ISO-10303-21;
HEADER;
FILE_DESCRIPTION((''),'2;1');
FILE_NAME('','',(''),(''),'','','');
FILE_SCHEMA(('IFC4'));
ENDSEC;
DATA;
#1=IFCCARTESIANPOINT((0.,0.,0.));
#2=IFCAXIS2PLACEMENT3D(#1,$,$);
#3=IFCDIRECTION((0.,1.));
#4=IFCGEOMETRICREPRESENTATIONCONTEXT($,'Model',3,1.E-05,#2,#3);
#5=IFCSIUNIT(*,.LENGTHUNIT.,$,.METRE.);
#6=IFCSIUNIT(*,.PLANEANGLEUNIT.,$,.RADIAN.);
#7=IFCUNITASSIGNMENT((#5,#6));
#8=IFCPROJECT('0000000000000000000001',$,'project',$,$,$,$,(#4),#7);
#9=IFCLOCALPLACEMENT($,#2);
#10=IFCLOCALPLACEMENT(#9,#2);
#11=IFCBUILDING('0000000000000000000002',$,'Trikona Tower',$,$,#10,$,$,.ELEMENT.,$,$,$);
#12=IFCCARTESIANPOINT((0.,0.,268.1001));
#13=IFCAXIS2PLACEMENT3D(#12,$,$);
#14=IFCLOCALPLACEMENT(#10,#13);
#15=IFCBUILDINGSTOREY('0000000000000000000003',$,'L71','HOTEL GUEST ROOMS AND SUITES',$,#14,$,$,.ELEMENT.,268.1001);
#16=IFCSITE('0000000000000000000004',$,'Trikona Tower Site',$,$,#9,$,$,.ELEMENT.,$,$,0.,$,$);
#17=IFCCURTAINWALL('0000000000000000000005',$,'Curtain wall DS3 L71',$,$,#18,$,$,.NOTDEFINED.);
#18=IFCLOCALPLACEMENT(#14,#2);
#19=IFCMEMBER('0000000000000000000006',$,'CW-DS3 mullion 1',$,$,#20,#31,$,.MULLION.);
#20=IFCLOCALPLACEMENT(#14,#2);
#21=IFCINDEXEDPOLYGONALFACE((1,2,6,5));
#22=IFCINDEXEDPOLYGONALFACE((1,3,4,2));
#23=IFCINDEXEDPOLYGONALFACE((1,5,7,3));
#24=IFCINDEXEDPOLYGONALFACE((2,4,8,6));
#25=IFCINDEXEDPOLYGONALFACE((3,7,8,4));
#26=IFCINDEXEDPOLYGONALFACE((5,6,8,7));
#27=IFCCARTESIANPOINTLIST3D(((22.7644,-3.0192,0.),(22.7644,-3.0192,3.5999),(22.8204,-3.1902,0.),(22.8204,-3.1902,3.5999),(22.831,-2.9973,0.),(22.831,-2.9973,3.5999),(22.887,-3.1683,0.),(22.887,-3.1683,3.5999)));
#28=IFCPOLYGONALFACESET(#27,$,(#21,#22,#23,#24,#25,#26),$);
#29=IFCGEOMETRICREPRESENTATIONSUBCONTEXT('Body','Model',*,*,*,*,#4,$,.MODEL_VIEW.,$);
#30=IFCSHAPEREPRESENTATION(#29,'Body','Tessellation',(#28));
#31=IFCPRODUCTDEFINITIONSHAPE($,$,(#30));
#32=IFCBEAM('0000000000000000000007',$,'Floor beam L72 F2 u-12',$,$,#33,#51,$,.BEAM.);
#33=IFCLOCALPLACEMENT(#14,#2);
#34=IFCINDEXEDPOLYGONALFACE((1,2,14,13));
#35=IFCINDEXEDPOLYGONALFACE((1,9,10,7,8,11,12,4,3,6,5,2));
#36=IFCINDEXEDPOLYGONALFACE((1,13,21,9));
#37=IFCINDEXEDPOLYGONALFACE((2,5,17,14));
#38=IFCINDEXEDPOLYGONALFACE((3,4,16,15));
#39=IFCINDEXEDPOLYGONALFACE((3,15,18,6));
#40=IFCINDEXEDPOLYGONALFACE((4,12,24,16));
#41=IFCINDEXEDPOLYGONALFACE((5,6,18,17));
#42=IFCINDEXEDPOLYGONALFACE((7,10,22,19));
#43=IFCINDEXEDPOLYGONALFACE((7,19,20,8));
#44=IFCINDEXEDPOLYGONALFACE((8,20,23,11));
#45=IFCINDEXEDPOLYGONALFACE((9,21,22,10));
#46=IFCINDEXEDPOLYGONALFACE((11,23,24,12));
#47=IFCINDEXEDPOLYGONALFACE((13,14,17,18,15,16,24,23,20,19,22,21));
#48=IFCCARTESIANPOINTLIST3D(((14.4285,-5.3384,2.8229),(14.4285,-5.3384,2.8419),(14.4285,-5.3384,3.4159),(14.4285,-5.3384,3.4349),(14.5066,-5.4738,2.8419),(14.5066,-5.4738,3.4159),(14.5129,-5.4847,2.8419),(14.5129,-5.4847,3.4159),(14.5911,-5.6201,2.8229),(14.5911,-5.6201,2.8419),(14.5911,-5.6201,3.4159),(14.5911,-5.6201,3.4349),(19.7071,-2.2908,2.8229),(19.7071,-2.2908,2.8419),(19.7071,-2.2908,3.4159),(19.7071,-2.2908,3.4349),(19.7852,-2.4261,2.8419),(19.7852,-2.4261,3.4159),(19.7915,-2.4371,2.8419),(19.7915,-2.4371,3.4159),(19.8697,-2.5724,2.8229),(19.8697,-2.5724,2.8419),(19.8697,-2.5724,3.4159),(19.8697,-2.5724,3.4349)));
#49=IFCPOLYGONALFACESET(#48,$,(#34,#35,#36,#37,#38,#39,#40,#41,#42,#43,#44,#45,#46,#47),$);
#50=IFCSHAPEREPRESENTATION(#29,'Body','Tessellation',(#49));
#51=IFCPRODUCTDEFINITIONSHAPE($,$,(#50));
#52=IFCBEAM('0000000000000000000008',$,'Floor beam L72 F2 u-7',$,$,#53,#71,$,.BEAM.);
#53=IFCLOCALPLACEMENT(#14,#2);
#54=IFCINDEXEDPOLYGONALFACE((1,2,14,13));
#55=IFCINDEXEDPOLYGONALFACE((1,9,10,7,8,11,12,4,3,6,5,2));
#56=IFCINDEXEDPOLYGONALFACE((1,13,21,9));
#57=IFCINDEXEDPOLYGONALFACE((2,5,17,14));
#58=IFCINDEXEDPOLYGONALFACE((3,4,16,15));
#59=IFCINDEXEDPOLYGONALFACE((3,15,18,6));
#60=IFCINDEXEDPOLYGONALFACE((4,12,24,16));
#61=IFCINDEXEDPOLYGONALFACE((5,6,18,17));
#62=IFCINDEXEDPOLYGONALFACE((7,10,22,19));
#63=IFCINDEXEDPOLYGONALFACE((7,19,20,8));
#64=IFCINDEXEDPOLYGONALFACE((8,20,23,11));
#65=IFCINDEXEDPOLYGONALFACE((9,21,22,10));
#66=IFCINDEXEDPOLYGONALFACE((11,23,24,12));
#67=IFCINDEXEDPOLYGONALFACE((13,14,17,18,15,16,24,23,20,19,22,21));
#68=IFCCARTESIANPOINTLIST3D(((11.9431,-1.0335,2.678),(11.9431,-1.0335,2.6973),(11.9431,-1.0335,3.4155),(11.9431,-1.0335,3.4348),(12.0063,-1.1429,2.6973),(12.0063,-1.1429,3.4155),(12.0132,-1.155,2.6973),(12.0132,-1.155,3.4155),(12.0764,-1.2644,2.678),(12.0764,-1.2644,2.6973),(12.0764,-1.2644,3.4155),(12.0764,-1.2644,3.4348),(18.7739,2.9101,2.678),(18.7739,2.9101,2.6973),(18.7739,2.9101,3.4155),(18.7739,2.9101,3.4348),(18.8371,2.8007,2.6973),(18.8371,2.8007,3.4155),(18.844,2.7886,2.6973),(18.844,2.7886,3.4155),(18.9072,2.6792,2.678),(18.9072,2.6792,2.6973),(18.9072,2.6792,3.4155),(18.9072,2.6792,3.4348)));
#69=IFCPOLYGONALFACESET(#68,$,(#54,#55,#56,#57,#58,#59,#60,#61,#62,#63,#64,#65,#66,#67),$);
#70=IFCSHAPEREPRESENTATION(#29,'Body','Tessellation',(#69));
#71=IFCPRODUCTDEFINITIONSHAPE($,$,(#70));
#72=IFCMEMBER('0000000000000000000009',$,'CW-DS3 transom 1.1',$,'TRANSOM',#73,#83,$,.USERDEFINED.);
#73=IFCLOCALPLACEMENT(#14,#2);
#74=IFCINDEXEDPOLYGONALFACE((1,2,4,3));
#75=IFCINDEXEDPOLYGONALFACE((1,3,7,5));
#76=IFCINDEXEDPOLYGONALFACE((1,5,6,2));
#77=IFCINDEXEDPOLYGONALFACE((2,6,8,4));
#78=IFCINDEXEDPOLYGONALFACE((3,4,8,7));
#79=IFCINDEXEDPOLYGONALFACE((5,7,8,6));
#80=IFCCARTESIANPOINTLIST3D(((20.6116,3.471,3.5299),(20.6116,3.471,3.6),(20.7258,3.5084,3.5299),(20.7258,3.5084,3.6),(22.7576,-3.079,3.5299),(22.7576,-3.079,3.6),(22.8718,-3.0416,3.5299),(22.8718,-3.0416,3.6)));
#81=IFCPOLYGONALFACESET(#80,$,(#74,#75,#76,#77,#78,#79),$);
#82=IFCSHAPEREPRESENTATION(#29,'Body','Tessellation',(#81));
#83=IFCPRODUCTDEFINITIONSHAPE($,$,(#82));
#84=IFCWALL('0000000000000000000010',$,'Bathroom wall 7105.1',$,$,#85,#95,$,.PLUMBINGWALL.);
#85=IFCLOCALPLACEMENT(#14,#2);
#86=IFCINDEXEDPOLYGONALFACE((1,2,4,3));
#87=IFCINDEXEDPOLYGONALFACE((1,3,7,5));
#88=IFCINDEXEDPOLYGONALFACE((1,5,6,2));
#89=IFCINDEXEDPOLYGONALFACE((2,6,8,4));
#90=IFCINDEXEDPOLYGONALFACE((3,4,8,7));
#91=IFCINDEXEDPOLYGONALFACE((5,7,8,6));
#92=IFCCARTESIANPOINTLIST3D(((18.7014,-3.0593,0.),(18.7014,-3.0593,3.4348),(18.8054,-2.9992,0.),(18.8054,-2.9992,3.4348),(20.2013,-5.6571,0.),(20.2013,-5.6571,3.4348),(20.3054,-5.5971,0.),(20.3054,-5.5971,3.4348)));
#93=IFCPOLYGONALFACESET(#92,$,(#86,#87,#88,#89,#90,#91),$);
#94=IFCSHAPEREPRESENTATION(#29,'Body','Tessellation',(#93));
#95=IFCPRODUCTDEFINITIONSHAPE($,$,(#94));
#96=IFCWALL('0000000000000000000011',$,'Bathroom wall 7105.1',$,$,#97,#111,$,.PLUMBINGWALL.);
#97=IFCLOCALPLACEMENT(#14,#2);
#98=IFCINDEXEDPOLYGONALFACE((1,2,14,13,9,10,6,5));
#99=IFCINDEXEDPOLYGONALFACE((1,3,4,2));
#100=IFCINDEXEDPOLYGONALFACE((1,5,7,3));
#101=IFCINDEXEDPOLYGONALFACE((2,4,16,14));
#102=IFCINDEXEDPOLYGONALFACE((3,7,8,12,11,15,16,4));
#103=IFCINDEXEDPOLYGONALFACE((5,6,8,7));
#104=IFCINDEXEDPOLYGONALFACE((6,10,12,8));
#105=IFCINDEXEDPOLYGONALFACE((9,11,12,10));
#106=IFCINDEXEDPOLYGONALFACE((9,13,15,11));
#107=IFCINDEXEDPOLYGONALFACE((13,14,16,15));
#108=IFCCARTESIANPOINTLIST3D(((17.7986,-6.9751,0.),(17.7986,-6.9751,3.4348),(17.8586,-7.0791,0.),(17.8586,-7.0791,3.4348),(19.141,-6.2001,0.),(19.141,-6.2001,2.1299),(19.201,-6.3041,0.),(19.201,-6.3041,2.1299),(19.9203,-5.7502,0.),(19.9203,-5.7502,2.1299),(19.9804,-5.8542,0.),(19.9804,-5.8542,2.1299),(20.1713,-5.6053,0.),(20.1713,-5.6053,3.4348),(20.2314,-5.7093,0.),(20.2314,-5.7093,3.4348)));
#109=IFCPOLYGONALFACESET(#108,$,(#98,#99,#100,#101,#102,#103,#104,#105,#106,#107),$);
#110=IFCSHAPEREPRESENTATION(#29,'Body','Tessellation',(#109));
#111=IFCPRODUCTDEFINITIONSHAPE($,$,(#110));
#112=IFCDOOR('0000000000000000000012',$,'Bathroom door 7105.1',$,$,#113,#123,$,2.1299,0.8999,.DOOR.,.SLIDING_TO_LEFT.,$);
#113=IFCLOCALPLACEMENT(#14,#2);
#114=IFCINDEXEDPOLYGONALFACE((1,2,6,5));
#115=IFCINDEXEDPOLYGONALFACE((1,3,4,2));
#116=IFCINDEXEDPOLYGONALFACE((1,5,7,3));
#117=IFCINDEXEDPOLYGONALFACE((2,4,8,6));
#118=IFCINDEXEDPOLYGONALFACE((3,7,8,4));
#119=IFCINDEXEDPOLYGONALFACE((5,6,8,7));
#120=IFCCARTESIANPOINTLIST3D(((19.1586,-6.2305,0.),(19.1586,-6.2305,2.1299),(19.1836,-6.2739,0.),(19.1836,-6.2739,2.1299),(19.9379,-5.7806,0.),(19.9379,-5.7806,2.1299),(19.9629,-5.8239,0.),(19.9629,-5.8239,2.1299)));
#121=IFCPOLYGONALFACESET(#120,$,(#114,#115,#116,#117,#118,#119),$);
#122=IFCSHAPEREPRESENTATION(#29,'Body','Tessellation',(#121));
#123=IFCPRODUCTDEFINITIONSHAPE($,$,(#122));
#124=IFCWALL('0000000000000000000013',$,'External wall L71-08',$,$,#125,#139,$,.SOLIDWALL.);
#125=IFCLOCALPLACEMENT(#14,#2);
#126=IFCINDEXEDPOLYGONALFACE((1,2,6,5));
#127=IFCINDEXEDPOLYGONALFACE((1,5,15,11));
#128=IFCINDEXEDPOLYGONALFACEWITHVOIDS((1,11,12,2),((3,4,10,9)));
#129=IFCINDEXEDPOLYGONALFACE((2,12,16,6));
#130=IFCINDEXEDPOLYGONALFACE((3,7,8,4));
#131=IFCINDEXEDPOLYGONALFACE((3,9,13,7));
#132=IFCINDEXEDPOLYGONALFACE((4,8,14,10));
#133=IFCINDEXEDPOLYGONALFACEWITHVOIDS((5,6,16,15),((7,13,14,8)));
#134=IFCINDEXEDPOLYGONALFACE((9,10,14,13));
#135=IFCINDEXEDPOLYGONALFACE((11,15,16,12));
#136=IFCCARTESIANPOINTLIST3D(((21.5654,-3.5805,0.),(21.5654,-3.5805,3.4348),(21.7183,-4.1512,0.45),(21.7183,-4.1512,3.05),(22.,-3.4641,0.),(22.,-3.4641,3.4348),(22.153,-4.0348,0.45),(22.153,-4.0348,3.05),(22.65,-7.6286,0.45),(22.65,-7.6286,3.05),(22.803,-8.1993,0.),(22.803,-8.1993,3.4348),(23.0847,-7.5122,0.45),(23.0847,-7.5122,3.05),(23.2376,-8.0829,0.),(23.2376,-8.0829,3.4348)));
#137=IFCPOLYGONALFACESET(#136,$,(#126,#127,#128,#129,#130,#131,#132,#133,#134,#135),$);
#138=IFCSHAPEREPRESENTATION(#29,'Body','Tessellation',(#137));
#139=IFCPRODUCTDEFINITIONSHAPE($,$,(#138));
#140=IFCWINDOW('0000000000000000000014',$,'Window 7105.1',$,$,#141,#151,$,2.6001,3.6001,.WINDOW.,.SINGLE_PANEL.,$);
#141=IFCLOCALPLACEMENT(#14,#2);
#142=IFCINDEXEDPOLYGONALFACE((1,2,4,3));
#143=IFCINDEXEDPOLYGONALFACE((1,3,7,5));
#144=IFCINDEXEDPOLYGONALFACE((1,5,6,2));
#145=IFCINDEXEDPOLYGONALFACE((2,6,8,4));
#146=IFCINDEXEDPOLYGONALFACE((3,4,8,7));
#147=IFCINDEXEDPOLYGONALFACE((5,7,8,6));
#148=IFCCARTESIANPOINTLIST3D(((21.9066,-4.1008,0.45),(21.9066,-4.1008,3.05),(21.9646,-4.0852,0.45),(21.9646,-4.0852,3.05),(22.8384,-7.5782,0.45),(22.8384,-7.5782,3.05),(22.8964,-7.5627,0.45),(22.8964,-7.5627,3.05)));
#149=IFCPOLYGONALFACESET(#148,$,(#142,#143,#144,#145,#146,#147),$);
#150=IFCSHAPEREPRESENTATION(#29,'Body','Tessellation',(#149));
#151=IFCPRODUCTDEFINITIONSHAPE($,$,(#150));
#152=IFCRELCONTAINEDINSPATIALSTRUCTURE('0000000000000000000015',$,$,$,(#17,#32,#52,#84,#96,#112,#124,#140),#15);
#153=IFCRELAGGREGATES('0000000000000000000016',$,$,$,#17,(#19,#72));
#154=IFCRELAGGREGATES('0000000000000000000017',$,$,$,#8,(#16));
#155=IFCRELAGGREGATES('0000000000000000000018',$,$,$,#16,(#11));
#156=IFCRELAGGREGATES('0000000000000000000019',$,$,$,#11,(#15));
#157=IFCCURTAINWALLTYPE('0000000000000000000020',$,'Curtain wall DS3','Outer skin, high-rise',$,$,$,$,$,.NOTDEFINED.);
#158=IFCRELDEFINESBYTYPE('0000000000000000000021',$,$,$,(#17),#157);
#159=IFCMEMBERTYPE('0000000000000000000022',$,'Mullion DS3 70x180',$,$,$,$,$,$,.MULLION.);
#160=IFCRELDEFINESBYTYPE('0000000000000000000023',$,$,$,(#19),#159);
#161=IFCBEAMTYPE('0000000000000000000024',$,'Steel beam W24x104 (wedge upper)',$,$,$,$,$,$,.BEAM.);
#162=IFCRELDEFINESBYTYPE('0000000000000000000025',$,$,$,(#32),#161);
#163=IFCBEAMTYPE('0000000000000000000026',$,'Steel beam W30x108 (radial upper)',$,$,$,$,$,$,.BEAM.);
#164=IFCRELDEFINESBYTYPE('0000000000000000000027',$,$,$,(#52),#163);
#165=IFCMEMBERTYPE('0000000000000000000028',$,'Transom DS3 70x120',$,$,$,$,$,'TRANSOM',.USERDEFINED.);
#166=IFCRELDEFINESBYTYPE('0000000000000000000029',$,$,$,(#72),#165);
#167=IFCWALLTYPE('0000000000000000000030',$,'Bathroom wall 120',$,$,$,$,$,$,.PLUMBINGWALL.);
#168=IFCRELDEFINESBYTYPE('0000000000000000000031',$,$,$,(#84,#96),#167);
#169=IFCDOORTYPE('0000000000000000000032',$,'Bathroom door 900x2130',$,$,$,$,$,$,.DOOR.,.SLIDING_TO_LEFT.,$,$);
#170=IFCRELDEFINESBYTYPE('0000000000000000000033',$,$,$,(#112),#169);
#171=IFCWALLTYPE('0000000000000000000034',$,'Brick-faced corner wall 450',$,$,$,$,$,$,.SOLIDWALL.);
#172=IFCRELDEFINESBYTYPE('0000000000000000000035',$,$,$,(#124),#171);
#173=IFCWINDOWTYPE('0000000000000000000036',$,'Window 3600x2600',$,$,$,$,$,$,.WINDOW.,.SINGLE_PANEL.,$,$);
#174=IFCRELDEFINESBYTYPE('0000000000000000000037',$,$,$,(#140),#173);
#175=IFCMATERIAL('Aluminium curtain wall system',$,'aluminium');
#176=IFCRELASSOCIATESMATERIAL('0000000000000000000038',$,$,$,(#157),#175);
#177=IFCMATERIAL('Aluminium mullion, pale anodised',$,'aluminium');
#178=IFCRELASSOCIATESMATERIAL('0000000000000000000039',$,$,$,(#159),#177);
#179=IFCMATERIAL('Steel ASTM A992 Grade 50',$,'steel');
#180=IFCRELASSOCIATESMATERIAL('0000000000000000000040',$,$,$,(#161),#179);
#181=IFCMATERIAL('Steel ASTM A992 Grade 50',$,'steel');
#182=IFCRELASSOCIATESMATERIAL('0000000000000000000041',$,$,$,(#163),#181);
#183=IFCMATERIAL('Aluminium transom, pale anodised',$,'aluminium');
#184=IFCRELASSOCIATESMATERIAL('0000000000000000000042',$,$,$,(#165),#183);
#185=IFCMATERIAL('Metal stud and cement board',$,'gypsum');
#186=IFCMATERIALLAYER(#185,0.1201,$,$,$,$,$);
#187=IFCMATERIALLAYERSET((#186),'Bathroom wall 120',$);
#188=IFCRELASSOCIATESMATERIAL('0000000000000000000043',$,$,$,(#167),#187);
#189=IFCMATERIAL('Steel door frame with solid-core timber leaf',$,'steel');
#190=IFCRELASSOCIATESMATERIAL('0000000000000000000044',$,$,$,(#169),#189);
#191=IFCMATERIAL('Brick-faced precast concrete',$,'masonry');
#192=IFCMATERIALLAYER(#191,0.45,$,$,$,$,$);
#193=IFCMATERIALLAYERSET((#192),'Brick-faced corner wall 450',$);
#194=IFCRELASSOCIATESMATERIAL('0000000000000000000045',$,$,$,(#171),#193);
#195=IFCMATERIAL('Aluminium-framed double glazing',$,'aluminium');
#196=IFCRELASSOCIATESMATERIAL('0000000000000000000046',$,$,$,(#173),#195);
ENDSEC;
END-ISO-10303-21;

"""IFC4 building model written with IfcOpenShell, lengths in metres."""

from ifc_helpers import new_model, si_unit, direction, frame, frame_2d, origin, origin_2d, place, context, subcontext, project, spatial, rectangle, i_section, extrude, material, layer, layer_set, material_profile, profile_set, type_object, element, fill, aggregate, save


model = new_model("IFC4")

# Units and contexts
model_context = context("Model", 3, precision=1e-05, world=origin(), true_north=direction((0.0, 1.0)))
body_context = subcontext(model_context, "Body", "Model", "MODEL_VIEW")
ifc_project = project(units=[si_unit("LENGTHUNIT", "METRE"), si_unit("PLANEANGLEUNIT", "RADIAN")], contexts=[model_context])

# Site, building, storey
site_placement = place(None, origin())
site = spatial("IfcSite", under=ifc_project, at=site_placement, Name="Trikona Tower Site", CompositionType="ELEMENT", RefElevation=0.0)
building_placement = place(site_placement, origin())
building = spatial("IfcBuilding", under=site, at=building_placement, Name="Trikona Tower", CompositionType="ELEMENT")
storey_placement = place(building_placement, frame((0.0, 0.0, 268.1001)))
storey = spatial("IfcBuildingStorey", under=building, at=storey_placement, Name="L71", Description="HOTEL GUEST ROOMS AND SUITES", CompositionType="ELEMENT", Elevation=268.1001)

# Curtain wall, member
ifc_material_1 = material(Name="Aluminium curtain wall system", Category="aluminium")
curtain_wall_type = type_object("IfcCurtainWallType", Name="Curtain wall DS3", Description="Outer skin, high-rise", PredefinedType="NOTDEFINED", material=ifc_material_1)
curtain_wall_placement = place(storey_placement, origin())
curtain_wall = element("IfcCurtainWall", 1, at=curtain_wall_placement, inside=storey, type_object=curtain_wall_type, Name="Curtain wall DS3 L71", PredefinedType="NOTDEFINED")
ifc_material_2 = material(Name="Aluminium mullion, pale anodised", Category="aluminium")
ifc_material_profile_1 = material_profile(ifc_material_2, rectangle(XDim=0.0701, YDim=0.1799, at=origin_2d()), Name="MUL-DS3")
ifc_profile_set_1 = profile_set([ifc_material_profile_1], Name="Aluminium mullion, pale anodised")
member_type_1 = type_object("IfcMemberType", Name="Mullion DS3 70x180", PredefinedType="MULLION", material=ifc_profile_set_1)
member_1_placement = place(storey_placement, frame((22.8257, -3.0938, 0.0), z_axis=(0.0, 0.0, 1.0), x_axis=(-0.950297, -0.311344, 0.0)))
member_1 = element("IfcMember", 2, at=member_1_placement, type_object=member_type_1, Name="CW-DS3 mullion 1", PredefinedType="MULLION", context=body_context, shape_type="SweptSolid", body=[
    extrude(rectangle(XDim=0.0701, YDim=0.1799, at=origin_2d()), origin(), (0.0, 0.0, 1.0), 3.5999),
])

# Beams
ifc_material_3 = material(Name="Steel ASTM A992 Grade 50", Category="steel")
ifc_material_profile_2 = material_profile(ifc_material_3, i_section(OverallWidth=0.3252, OverallDepth=0.6121, WebThickness=0.0127, FlangeThickness=0.019, at=origin_2d()), Name="W24X104")
ifc_profile_set_2 = profile_set([ifc_material_profile_2], Name="Steel ASTM A992 Grade 50")
beam_type_1 = type_object("IfcBeamType", Name="Steel beam W24x104 (wedge upper)", PredefinedType="BEAM", material=ifc_profile_set_2)
beam_1_placement = place(storey_placement, frame((14.5098, -5.4792, 3.1289), z_axis=(0.866023, 0.500003, 0.0), x_axis=(-0.500003, 0.866023, 0.0)))
element("IfcBeam", 3, at=beam_1_placement, inside=storey, type_object=beam_type_1, Name="Floor beam L72 F2 u-12", PredefinedType="BEAM", context=body_context, shape_type="SweptSolid", body=[
    extrude(i_section(OverallWidth=0.3252, OverallDepth=0.6121, WebThickness=0.0127, FlangeThickness=0.019, at=origin_2d()), origin(), (0.0, 0.0, 1.0), 6.0952),
])
ifc_material_4 = material(Name="Steel ASTM A992 Grade 50", Category="steel")
ifc_material_profile_3 = material_profile(ifc_material_4, i_section(OverallWidth=0.2666, OverallDepth=0.7568, WebThickness=0.0139, FlangeThickness=0.0193, at=origin_2d()), Name="W30X108")
ifc_profile_set_3 = profile_set([ifc_material_profile_3], Name="Steel ASTM A992 Grade 50")
beam_type_2 = type_object("IfcBeamType", Name="Steel beam W30x108 (radial upper)", PredefinedType="BEAM", material=ifc_profile_set_3)
beam_2_placement = place(storey_placement, frame((12.0098, -1.1489, 3.0564), z_axis=(0.866035, 0.499984, 0.0), x_axis=(-0.499984, 0.866035, 0.0)))
element("IfcBeam", 4, at=beam_2_placement, inside=storey, type_object=beam_type_2, Name="Floor beam L72 F2 u-7", PredefinedType="BEAM", context=body_context, shape_type="SweptSolid", body=[
    extrude(i_section(OverallWidth=0.2666, OverallDepth=0.7568, WebThickness=0.0139, FlangeThickness=0.0193, at=origin_2d()), origin(), (0.0, 0.0, 1.0), 7.8875),
])

# Member
ifc_material_5 = material(Name="Aluminium transom, pale anodised", Category="aluminium")
ifc_material_profile_4 = material_profile(ifc_material_5, rectangle(XDim=0.1201, YDim=0.0701, at=origin_2d()), Name="TRN-DS3")
ifc_profile_set_4 = profile_set([ifc_material_profile_4], Name="Aluminium transom, pale anodised")
member_type_2 = type_object("IfcMemberType", Name="Transom DS3 70x120", ElementType="TRANSOM", PredefinedType="USERDEFINED", material=ifc_profile_set_4)
member_2_placement = place(storey_placement, frame((22.8147, -3.0603, 3.5649), z_axis=(-0.311346, 0.950297, 0.0), x_axis=(-0.950297, -0.311346, 0.0)))
member_2 = element("IfcMember", 5, at=member_2_placement, type_object=member_type_2, Name="CW-DS3 transom 1.1", ObjectType="TRANSOM", PredefinedType="USERDEFINED", context=body_context, shape_type="SweptSolid", body=[
    extrude(rectangle(XDim=0.1201, YDim=0.0701, at=origin_2d()), origin(), (0.0, 0.0, 1.0), 6.8926),
])
aggregate(curtain_wall, [member_1, member_2])

# Wall
ifc_material_6 = material(Name="Metal stud and cement board", Category="gypsum")
ifc_layer_1 = layer(ifc_material_6, 0.1201)
ifc_layer_set_1 = layer_set([ifc_layer_1], Name="Bathroom wall 120")
wall_type_1 = type_object("IfcWallType", Name="Bathroom wall 120", PredefinedType="PLUMBINGWALL", material=ifc_layer_set_1)
wall_1_placement = place(storey_placement, frame((20.2534, -5.6272, 0.0), z_axis=(0.0, 0.0, 1.0), x_axis=(-0.500025, 0.866011, 0.0)))
element("IfcWall", 6, at=wall_1_placement, inside=storey, type_object=wall_type_1, Name="Bathroom wall 7105.1", PredefinedType="PLUMBINGWALL", context=body_context, shape_type="SweptSolid", body=[
    extrude(rectangle(XDim=2.9998, YDim=0.1201, at=frame_2d((1.5, 0.0))), origin(), (0.0, 0.0, 1.0), 3.4348),
])

# Wall, opening, door
wall_2_placement = place(storey_placement, frame((17.8286, -7.0271, 0.0), z_axis=(0.0, 0.0, 1.0), x_axis=(0.866036, 0.499982, 0.0)))
wall_2 = element("IfcWall", 7, at=wall_2_placement, inside=storey, type_object=wall_type_1, Name="Bathroom wall 7105.1", PredefinedType="PLUMBINGWALL", context=body_context, shape_type="SweptSolid", body=[
    extrude(rectangle(XDim=2.7397, YDim=0.1201, at=frame_2d((1.3699, 0.0))), origin(), (0.0, 0.0, 1.0), 3.4348),
])
opening_1_placement = place(wall_2_placement, frame((1.55, 0.0, 0.0)))
opening_1 = element("IfcOpeningElement", 8, at=opening_1_placement, cuts=wall_2, PredefinedType="OPENING", context=body_context, shape_type="SweptSolid", body=[
    extrude(rectangle(XDim=0.8999, YDim=2.1299, at=frame_2d((0.45, 1.0649))), frame((0.0, 0.0701, 0.0), z_axis=(0.0, -1.0, 0.0), x_axis=(1.0, 0.0, 0.0)), (0.0, 0.0, 1.0), 0.1401),
])
ifc_material_7 = material(Name="Steel door frame with solid-core timber leaf", Category="steel")
door_type_1 = type_object("IfcDoorType", Name="Bathroom door 900x2130", OperationType="SLIDING_TO_LEFT", PredefinedType="DOOR", material=ifc_material_7)
door_1_placement = place(opening_1_placement, origin())
door_1 = element("IfcDoor", 9, at=door_1_placement, inside=storey, type_object=door_type_1, Name="Bathroom door 7105.1", OperationType="SLIDING_TO_LEFT", OverallHeight=2.1299, OverallWidth=0.8999, PredefinedType="DOOR", context=body_context, shape_type="SweptSolid", body=[
    extrude(rectangle(XDim=0.8999, YDim=2.1299, at=frame_2d((0.45, 1.0649))), frame((0.0, 0.0249, 0.0), z_axis=(0.0, -1.0, 0.0), x_axis=(1.0, 0.0, 0.0)), (0.0, 0.0, 1.0), 0.05),
])
fill(opening_1, door_1)

# Wall, opening, window
ifc_material_8 = material(Name="Brick-faced precast concrete", Category="masonry")
ifc_layer_2 = layer(ifc_material_8, 0.45)
ifc_layer_set_2 = layer_set([ifc_layer_2], Name="Brick-faced corner wall 450")
wall_type_2 = type_object("IfcWallType", Name="Brick-faced corner wall 450", PredefinedType="SOLIDWALL", material=ifc_layer_set_2)
wall_3_placement = place(storey_placement, frame((23.0203, -8.1411, 0.0), z_axis=(0.0, 0.0, 1.0), x_axis=(-0.258803, 0.96593, 0.0)))
wall_3 = element("IfcWall", 10, at=wall_3_placement, inside=storey, type_object=wall_type_2, Name="External wall L71-08", PredefinedType="SOLIDWALL", context=body_context, shape_type="SweptSolid", body=[
    extrude(rectangle(XDim=4.7817, YDim=0.45, at=frame_2d((2.3909, 0.0))), origin(), (0.0, 0.0, 1.0), 3.4348),
])
opening_2_placement = place(wall_3_placement, frame((0.5908, 0.0, 0.45)))
opening_2 = element("IfcOpeningElement", 11, at=opening_2_placement, cuts=wall_3, PredefinedType="OPENING", context=body_context, shape_type="SweptSolid", body=[
    extrude(rectangle(XDim=3.6001, YDim=2.6001, at=frame_2d((1.8, 1.3))), frame((0.0, 0.2349, 0.0), z_axis=(0.0, -1.0, 0.0), x_axis=(1.0, 0.0, 0.0)), (0.0, 0.0, 1.0), 0.47),
])
ifc_material_9 = material(Name="Aluminium-framed double glazing", Category="aluminium")
window_type_1 = type_object("IfcWindowType", Name="Window 3600x2600", PartitioningType="SINGLE_PANEL", PredefinedType="WINDOW", material=ifc_material_9)
window_1_placement = place(opening_2_placement, origin())
window_1 = element("IfcWindow", 12, at=window_1_placement, inside=storey, type_object=window_type_1, Name="Window 7105.1", OverallHeight=2.6001, OverallWidth=3.6001, PartitioningType="SINGLE_PANEL", PredefinedType="WINDOW", context=body_context, shape_type="SweptSolid", body=[
    extrude(rectangle(XDim=3.6001, YDim=2.6001, at=frame_2d((1.8, 1.3))), frame((0.0, 0.03, 0.0), z_axis=(0.0, -1.0, 0.0), x_axis=(1.0, 0.0, 0.0)), (0.0, 0.0, 1.0), 0.0601),
])
fill(opening_2, window_1)

save(model, "model.ifc")
